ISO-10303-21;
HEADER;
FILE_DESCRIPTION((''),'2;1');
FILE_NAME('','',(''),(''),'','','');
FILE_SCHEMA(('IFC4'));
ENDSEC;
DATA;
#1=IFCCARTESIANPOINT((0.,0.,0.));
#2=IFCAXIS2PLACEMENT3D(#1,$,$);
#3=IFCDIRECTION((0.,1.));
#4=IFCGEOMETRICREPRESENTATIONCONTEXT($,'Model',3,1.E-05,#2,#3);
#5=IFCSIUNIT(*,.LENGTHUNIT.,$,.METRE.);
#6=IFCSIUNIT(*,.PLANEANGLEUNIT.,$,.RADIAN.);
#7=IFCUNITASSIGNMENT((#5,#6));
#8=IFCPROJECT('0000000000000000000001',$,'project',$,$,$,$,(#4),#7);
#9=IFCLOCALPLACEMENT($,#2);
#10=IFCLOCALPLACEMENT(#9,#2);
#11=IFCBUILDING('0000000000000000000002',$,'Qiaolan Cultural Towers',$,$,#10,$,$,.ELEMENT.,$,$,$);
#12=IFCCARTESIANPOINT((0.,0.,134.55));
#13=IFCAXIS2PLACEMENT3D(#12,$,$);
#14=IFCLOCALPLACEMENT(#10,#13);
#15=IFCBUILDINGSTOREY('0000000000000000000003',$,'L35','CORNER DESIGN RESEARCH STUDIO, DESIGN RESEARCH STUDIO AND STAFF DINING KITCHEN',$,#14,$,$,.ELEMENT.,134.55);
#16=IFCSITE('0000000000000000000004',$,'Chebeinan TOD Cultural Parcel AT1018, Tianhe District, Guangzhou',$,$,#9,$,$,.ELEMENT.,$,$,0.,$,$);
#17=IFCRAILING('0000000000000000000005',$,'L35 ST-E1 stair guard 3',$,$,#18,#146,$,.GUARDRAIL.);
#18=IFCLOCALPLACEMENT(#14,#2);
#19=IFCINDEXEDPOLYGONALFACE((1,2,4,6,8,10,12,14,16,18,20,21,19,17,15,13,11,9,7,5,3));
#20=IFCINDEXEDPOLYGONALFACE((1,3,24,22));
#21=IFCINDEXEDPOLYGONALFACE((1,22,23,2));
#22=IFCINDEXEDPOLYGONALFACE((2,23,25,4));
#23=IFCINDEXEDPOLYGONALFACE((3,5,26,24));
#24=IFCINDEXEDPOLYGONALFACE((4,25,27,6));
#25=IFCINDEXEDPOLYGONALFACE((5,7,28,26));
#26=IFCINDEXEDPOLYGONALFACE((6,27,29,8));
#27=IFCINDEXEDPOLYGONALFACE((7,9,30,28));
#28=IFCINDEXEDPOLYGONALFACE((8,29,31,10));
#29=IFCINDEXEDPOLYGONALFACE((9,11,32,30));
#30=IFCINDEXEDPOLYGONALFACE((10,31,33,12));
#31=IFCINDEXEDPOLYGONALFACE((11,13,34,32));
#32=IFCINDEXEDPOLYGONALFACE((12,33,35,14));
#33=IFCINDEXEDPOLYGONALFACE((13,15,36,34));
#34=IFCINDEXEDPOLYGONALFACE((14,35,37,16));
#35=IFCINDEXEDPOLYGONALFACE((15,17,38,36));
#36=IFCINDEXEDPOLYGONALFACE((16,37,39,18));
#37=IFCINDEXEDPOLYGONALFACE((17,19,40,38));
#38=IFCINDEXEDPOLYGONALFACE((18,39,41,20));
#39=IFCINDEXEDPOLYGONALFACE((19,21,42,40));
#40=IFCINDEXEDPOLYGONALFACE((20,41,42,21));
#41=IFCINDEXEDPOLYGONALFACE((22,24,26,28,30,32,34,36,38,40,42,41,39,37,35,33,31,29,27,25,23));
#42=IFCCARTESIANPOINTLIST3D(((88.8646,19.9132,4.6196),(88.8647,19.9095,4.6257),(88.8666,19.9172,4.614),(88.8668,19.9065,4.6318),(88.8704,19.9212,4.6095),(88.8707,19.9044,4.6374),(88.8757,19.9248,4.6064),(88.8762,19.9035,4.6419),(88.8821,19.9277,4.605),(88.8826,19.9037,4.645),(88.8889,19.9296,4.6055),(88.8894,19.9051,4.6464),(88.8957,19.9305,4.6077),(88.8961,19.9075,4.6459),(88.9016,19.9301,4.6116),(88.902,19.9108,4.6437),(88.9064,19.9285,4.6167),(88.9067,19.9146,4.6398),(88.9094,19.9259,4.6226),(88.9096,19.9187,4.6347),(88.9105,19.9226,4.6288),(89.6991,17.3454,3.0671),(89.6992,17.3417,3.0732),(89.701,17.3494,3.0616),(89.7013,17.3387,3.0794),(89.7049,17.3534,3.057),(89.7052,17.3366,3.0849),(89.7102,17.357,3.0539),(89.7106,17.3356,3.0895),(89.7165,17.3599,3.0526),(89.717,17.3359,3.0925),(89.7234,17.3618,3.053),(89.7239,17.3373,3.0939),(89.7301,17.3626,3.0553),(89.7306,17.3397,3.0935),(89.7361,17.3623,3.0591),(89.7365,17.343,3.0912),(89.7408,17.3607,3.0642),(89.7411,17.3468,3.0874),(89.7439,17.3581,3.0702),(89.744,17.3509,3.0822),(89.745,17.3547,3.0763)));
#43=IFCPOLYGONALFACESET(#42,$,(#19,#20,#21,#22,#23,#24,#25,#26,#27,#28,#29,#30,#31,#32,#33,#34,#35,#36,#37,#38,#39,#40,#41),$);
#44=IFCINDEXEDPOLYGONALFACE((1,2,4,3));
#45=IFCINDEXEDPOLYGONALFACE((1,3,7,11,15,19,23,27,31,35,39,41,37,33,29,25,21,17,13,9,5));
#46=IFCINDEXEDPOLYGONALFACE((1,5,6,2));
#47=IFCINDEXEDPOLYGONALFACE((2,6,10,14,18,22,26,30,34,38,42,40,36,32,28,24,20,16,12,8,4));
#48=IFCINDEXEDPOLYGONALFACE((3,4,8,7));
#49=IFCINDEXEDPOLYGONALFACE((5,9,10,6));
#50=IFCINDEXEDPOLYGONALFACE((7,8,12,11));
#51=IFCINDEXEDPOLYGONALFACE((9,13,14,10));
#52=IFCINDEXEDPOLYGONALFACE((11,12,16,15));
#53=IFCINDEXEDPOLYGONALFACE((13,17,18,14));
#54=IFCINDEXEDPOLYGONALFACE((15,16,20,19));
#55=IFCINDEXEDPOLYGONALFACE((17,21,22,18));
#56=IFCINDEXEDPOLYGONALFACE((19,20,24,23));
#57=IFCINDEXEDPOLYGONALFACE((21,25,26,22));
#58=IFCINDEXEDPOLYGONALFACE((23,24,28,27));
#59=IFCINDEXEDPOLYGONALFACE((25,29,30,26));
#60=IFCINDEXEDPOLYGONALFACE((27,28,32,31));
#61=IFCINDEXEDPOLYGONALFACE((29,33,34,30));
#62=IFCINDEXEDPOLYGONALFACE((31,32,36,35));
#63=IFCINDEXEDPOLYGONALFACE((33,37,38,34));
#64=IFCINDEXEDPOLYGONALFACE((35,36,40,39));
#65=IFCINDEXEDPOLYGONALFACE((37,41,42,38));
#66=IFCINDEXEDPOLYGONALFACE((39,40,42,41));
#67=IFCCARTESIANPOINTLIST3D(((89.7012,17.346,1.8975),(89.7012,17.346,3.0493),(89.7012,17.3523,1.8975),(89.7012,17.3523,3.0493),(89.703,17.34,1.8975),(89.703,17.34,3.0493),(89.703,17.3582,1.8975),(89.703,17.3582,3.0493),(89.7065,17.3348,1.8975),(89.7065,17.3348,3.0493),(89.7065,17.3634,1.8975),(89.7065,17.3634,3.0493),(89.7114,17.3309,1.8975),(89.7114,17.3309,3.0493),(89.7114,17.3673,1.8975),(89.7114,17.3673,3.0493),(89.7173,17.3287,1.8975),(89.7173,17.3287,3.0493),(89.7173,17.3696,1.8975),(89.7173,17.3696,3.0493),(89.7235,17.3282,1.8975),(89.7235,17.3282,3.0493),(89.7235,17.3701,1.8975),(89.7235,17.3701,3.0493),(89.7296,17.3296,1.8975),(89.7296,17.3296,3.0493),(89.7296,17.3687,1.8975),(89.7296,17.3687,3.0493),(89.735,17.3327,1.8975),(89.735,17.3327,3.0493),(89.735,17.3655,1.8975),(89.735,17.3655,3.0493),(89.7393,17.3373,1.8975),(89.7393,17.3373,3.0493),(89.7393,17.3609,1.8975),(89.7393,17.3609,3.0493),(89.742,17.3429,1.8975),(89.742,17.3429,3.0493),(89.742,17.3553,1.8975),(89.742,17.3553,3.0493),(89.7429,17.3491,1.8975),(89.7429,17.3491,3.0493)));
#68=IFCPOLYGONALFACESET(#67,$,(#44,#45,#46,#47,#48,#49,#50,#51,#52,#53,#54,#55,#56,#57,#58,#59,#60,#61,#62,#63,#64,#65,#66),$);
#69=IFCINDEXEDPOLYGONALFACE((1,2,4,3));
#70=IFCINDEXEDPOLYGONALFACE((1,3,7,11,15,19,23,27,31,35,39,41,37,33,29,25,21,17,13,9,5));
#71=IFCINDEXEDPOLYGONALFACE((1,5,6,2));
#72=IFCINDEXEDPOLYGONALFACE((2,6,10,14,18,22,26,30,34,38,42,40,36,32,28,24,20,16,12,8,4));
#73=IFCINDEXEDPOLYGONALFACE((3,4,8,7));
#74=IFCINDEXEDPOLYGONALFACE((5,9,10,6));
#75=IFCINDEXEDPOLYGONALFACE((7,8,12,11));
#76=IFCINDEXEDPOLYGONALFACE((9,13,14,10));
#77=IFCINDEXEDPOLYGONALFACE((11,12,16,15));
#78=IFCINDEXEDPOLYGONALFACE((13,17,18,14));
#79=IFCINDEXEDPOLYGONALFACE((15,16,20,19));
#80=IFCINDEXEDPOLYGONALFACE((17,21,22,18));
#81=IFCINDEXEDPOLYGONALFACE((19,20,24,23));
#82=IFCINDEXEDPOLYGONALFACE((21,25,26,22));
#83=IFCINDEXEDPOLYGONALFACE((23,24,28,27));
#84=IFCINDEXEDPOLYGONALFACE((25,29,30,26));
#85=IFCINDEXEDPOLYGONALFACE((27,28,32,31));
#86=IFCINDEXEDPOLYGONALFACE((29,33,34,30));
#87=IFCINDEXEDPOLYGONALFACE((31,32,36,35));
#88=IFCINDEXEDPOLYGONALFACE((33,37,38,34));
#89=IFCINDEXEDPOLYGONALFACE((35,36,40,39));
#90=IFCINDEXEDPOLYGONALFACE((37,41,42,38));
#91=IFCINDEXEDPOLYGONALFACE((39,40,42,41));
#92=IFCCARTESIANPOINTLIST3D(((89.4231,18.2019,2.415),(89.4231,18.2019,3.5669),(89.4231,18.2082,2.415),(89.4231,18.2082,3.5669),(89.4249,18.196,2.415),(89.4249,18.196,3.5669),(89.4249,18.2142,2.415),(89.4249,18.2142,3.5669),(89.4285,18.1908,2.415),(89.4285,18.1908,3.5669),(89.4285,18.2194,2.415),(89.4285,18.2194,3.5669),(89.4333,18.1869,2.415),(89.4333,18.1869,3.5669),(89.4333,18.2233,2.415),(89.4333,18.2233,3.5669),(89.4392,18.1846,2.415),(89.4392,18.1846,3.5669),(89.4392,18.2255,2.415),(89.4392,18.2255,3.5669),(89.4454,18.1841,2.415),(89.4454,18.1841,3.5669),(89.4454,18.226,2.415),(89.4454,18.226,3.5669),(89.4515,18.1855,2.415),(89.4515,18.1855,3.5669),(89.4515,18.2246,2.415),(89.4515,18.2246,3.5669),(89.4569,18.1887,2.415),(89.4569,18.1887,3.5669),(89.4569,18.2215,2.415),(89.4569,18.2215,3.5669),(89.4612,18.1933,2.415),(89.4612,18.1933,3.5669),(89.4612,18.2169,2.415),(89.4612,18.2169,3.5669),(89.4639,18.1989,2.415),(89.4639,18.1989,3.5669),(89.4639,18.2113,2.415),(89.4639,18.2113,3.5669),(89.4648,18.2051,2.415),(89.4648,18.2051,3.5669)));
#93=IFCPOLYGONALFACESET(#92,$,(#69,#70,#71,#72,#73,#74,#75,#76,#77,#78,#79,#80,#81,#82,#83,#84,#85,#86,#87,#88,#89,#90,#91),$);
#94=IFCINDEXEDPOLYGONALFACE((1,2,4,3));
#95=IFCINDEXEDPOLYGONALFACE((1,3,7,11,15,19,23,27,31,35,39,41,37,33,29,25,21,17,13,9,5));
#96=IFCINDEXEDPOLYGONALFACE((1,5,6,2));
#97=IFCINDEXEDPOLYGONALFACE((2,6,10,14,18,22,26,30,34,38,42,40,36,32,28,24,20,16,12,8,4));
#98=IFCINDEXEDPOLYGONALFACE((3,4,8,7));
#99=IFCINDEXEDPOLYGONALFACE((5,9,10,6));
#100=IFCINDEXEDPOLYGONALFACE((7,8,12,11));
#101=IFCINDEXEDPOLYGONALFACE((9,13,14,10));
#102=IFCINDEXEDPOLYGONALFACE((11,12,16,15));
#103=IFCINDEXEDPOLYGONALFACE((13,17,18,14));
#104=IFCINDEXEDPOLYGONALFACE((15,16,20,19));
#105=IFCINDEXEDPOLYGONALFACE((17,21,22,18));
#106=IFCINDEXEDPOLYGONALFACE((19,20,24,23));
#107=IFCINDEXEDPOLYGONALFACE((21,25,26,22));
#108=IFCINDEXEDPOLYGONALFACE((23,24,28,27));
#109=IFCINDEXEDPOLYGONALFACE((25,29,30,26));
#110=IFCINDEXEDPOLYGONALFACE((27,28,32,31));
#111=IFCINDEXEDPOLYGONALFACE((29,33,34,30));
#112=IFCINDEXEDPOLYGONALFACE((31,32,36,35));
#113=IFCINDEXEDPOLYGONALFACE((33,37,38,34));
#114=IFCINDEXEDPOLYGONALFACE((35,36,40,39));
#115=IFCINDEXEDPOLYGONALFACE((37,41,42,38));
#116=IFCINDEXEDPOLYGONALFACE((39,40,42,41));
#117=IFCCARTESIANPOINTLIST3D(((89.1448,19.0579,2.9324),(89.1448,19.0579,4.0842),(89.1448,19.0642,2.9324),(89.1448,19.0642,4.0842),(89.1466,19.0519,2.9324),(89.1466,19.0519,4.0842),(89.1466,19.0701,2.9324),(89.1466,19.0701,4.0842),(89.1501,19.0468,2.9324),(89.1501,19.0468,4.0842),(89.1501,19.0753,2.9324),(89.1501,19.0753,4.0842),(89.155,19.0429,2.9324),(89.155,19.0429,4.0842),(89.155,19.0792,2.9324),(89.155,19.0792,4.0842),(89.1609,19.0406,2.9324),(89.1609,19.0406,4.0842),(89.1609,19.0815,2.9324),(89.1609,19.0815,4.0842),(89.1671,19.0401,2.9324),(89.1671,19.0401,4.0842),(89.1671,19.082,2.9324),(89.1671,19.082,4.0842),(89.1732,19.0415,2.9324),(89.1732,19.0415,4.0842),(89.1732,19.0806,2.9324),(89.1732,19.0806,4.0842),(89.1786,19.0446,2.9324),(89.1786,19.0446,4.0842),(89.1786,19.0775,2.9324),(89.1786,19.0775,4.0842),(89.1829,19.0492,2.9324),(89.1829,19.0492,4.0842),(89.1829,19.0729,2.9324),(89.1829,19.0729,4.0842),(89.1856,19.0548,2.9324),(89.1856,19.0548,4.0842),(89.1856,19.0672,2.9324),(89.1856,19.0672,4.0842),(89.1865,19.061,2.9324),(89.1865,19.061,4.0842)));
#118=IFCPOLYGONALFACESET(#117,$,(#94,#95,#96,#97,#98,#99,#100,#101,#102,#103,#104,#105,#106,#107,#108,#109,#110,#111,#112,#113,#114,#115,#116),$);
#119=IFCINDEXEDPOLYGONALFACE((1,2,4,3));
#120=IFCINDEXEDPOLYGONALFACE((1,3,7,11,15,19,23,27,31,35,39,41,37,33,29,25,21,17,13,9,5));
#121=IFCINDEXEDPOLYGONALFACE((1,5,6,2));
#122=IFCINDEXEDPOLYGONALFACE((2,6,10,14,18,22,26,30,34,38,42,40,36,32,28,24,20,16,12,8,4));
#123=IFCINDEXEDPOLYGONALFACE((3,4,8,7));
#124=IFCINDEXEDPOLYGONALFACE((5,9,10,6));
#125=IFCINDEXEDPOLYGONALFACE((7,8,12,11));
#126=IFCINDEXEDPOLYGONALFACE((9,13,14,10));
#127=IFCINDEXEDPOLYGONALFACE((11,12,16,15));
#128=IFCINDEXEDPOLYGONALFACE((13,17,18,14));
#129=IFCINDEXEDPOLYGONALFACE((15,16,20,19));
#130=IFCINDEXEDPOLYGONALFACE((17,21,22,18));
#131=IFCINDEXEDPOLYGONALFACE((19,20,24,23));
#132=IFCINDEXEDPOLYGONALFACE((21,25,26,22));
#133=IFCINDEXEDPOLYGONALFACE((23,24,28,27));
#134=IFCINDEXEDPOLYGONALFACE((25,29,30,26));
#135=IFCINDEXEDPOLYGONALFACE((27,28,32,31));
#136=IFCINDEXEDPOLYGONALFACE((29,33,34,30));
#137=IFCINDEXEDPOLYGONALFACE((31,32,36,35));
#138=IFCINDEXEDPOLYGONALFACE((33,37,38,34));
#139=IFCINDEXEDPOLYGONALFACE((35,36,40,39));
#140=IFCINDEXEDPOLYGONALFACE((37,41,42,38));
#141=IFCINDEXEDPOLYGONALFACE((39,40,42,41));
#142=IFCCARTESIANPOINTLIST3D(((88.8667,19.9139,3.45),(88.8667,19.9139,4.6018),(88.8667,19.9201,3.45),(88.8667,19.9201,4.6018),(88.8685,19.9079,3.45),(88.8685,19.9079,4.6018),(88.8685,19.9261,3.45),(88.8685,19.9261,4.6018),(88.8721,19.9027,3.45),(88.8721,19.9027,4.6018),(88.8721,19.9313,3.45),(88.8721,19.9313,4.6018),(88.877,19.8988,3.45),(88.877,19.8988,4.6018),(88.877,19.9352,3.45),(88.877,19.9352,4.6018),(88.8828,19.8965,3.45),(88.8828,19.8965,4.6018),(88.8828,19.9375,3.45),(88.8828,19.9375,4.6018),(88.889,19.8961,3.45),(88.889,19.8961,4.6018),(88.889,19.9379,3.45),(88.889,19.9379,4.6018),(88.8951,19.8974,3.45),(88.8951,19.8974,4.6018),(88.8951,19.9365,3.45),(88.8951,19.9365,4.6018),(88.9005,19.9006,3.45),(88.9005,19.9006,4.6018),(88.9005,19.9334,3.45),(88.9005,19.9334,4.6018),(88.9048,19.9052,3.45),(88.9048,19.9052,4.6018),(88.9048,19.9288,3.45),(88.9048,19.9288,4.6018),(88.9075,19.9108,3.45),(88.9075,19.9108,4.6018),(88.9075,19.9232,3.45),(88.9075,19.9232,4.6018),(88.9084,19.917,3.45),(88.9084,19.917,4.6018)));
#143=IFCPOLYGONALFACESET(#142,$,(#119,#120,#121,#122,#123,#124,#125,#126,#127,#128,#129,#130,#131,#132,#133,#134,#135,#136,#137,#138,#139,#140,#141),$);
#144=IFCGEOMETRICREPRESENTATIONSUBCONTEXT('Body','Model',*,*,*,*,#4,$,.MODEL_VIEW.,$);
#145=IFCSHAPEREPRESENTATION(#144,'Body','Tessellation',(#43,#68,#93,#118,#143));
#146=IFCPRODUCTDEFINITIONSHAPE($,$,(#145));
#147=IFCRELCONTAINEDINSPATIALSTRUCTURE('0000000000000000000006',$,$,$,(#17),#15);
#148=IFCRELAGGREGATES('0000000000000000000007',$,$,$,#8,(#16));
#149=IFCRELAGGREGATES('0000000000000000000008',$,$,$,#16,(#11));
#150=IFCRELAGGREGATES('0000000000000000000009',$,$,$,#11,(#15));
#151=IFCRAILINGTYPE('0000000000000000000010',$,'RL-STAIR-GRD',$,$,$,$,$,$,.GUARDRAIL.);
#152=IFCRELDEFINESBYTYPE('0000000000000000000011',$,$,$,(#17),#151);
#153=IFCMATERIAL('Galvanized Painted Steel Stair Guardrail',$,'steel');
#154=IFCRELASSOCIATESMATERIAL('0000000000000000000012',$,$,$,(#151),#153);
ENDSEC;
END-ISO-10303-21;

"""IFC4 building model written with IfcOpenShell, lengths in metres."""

from ifc_helpers import new_model, si_unit, direction, frame, origin, origin_2d, place, context, subcontext, project, spatial, circle, extrude, material, type_object, element, save


model = new_model("IFC4")

# Units and contexts
model_context = context("Model", 3, precision=1e-05, world=origin(), true_north=direction((0.0, 1.0)))
body_context = subcontext(model_context, "Body", "Model", "MODEL_VIEW")
ifc_project = project(units=[si_unit("LENGTHUNIT", "METRE"), si_unit("PLANEANGLEUNIT", "RADIAN")], contexts=[model_context])

# Site, building, storey
site_placement = place(None, origin())
site = spatial("IfcSite", under=ifc_project, at=site_placement, Name="Chebeinan TOD Cultural Parcel AT1018, Tianhe District, Guangzhou", CompositionType="ELEMENT", RefElevation=0.0)
building_placement = place(site_placement, origin())
building = spatial("IfcBuilding", under=site, at=building_placement, Name="Qiaolan Cultural Towers", CompositionType="ELEMENT")
storey_placement = place(building_placement, frame((0.0, 0.0, 134.55)))
storey = spatial("IfcBuildingStorey", under=building, at=storey_placement, Name="L35", Description="CORNER DESIGN RESEARCH STUDIO, DESIGN RESEARCH STUDIO AND STAFF DINING KITCHEN", CompositionType="ELEMENT", Elevation=134.55)

# Railing
ifc_material_1 = material(Name="Galvanized Painted Steel Stair Guardrail", Category="steel")
railing_type_1 = type_object("IfcRailingType", Name="RL-STAIR-GRD", PredefinedType="GUARDRAIL", material=ifc_material_1)
railing_1_placement = place(storey_placement, frame((89.7219, 17.3491, 1.8975)))
element("IfcRailing", 1, at=railing_1_placement, inside=storey, type_object=railing_type_1, Name="L35 ST-E1 stair guard 3", PredefinedType="GUARDRAIL", context=body_context, shape_type="SweptSolid", body=[
    extrude(circle(Radius=0.0239, at=origin_2d()), frame((0.0, 0.0, 1.1758), z_axis=(-0.267926, 0.824471, 0.498461), x_axis=(-0.951043, -0.309057, 0.0)), (0.0, 0.0, 1.0), 3.1145),
    extrude(circle(Radius=0.021, at=origin_2d()), origin(), (0.0, 0.0, 1.0), 1.1519),
    extrude(circle(Radius=0.021, at=origin_2d()), frame((-0.2781, 0.856, 0.5176)), (0.0, 0.0, 1.0), 1.1519),
    extrude(circle(Radius=0.021, at=origin_2d()), frame((-0.5564, 1.7119, 1.0349)), (0.0, 0.0, 1.0), 1.1519),
    extrude(circle(Radius=0.021, at=origin_2d()), frame((-0.8345, 2.5679, 1.5525)), (0.0, 0.0, 1.0), 1.1519),
])

save(model, "model.ifc")
